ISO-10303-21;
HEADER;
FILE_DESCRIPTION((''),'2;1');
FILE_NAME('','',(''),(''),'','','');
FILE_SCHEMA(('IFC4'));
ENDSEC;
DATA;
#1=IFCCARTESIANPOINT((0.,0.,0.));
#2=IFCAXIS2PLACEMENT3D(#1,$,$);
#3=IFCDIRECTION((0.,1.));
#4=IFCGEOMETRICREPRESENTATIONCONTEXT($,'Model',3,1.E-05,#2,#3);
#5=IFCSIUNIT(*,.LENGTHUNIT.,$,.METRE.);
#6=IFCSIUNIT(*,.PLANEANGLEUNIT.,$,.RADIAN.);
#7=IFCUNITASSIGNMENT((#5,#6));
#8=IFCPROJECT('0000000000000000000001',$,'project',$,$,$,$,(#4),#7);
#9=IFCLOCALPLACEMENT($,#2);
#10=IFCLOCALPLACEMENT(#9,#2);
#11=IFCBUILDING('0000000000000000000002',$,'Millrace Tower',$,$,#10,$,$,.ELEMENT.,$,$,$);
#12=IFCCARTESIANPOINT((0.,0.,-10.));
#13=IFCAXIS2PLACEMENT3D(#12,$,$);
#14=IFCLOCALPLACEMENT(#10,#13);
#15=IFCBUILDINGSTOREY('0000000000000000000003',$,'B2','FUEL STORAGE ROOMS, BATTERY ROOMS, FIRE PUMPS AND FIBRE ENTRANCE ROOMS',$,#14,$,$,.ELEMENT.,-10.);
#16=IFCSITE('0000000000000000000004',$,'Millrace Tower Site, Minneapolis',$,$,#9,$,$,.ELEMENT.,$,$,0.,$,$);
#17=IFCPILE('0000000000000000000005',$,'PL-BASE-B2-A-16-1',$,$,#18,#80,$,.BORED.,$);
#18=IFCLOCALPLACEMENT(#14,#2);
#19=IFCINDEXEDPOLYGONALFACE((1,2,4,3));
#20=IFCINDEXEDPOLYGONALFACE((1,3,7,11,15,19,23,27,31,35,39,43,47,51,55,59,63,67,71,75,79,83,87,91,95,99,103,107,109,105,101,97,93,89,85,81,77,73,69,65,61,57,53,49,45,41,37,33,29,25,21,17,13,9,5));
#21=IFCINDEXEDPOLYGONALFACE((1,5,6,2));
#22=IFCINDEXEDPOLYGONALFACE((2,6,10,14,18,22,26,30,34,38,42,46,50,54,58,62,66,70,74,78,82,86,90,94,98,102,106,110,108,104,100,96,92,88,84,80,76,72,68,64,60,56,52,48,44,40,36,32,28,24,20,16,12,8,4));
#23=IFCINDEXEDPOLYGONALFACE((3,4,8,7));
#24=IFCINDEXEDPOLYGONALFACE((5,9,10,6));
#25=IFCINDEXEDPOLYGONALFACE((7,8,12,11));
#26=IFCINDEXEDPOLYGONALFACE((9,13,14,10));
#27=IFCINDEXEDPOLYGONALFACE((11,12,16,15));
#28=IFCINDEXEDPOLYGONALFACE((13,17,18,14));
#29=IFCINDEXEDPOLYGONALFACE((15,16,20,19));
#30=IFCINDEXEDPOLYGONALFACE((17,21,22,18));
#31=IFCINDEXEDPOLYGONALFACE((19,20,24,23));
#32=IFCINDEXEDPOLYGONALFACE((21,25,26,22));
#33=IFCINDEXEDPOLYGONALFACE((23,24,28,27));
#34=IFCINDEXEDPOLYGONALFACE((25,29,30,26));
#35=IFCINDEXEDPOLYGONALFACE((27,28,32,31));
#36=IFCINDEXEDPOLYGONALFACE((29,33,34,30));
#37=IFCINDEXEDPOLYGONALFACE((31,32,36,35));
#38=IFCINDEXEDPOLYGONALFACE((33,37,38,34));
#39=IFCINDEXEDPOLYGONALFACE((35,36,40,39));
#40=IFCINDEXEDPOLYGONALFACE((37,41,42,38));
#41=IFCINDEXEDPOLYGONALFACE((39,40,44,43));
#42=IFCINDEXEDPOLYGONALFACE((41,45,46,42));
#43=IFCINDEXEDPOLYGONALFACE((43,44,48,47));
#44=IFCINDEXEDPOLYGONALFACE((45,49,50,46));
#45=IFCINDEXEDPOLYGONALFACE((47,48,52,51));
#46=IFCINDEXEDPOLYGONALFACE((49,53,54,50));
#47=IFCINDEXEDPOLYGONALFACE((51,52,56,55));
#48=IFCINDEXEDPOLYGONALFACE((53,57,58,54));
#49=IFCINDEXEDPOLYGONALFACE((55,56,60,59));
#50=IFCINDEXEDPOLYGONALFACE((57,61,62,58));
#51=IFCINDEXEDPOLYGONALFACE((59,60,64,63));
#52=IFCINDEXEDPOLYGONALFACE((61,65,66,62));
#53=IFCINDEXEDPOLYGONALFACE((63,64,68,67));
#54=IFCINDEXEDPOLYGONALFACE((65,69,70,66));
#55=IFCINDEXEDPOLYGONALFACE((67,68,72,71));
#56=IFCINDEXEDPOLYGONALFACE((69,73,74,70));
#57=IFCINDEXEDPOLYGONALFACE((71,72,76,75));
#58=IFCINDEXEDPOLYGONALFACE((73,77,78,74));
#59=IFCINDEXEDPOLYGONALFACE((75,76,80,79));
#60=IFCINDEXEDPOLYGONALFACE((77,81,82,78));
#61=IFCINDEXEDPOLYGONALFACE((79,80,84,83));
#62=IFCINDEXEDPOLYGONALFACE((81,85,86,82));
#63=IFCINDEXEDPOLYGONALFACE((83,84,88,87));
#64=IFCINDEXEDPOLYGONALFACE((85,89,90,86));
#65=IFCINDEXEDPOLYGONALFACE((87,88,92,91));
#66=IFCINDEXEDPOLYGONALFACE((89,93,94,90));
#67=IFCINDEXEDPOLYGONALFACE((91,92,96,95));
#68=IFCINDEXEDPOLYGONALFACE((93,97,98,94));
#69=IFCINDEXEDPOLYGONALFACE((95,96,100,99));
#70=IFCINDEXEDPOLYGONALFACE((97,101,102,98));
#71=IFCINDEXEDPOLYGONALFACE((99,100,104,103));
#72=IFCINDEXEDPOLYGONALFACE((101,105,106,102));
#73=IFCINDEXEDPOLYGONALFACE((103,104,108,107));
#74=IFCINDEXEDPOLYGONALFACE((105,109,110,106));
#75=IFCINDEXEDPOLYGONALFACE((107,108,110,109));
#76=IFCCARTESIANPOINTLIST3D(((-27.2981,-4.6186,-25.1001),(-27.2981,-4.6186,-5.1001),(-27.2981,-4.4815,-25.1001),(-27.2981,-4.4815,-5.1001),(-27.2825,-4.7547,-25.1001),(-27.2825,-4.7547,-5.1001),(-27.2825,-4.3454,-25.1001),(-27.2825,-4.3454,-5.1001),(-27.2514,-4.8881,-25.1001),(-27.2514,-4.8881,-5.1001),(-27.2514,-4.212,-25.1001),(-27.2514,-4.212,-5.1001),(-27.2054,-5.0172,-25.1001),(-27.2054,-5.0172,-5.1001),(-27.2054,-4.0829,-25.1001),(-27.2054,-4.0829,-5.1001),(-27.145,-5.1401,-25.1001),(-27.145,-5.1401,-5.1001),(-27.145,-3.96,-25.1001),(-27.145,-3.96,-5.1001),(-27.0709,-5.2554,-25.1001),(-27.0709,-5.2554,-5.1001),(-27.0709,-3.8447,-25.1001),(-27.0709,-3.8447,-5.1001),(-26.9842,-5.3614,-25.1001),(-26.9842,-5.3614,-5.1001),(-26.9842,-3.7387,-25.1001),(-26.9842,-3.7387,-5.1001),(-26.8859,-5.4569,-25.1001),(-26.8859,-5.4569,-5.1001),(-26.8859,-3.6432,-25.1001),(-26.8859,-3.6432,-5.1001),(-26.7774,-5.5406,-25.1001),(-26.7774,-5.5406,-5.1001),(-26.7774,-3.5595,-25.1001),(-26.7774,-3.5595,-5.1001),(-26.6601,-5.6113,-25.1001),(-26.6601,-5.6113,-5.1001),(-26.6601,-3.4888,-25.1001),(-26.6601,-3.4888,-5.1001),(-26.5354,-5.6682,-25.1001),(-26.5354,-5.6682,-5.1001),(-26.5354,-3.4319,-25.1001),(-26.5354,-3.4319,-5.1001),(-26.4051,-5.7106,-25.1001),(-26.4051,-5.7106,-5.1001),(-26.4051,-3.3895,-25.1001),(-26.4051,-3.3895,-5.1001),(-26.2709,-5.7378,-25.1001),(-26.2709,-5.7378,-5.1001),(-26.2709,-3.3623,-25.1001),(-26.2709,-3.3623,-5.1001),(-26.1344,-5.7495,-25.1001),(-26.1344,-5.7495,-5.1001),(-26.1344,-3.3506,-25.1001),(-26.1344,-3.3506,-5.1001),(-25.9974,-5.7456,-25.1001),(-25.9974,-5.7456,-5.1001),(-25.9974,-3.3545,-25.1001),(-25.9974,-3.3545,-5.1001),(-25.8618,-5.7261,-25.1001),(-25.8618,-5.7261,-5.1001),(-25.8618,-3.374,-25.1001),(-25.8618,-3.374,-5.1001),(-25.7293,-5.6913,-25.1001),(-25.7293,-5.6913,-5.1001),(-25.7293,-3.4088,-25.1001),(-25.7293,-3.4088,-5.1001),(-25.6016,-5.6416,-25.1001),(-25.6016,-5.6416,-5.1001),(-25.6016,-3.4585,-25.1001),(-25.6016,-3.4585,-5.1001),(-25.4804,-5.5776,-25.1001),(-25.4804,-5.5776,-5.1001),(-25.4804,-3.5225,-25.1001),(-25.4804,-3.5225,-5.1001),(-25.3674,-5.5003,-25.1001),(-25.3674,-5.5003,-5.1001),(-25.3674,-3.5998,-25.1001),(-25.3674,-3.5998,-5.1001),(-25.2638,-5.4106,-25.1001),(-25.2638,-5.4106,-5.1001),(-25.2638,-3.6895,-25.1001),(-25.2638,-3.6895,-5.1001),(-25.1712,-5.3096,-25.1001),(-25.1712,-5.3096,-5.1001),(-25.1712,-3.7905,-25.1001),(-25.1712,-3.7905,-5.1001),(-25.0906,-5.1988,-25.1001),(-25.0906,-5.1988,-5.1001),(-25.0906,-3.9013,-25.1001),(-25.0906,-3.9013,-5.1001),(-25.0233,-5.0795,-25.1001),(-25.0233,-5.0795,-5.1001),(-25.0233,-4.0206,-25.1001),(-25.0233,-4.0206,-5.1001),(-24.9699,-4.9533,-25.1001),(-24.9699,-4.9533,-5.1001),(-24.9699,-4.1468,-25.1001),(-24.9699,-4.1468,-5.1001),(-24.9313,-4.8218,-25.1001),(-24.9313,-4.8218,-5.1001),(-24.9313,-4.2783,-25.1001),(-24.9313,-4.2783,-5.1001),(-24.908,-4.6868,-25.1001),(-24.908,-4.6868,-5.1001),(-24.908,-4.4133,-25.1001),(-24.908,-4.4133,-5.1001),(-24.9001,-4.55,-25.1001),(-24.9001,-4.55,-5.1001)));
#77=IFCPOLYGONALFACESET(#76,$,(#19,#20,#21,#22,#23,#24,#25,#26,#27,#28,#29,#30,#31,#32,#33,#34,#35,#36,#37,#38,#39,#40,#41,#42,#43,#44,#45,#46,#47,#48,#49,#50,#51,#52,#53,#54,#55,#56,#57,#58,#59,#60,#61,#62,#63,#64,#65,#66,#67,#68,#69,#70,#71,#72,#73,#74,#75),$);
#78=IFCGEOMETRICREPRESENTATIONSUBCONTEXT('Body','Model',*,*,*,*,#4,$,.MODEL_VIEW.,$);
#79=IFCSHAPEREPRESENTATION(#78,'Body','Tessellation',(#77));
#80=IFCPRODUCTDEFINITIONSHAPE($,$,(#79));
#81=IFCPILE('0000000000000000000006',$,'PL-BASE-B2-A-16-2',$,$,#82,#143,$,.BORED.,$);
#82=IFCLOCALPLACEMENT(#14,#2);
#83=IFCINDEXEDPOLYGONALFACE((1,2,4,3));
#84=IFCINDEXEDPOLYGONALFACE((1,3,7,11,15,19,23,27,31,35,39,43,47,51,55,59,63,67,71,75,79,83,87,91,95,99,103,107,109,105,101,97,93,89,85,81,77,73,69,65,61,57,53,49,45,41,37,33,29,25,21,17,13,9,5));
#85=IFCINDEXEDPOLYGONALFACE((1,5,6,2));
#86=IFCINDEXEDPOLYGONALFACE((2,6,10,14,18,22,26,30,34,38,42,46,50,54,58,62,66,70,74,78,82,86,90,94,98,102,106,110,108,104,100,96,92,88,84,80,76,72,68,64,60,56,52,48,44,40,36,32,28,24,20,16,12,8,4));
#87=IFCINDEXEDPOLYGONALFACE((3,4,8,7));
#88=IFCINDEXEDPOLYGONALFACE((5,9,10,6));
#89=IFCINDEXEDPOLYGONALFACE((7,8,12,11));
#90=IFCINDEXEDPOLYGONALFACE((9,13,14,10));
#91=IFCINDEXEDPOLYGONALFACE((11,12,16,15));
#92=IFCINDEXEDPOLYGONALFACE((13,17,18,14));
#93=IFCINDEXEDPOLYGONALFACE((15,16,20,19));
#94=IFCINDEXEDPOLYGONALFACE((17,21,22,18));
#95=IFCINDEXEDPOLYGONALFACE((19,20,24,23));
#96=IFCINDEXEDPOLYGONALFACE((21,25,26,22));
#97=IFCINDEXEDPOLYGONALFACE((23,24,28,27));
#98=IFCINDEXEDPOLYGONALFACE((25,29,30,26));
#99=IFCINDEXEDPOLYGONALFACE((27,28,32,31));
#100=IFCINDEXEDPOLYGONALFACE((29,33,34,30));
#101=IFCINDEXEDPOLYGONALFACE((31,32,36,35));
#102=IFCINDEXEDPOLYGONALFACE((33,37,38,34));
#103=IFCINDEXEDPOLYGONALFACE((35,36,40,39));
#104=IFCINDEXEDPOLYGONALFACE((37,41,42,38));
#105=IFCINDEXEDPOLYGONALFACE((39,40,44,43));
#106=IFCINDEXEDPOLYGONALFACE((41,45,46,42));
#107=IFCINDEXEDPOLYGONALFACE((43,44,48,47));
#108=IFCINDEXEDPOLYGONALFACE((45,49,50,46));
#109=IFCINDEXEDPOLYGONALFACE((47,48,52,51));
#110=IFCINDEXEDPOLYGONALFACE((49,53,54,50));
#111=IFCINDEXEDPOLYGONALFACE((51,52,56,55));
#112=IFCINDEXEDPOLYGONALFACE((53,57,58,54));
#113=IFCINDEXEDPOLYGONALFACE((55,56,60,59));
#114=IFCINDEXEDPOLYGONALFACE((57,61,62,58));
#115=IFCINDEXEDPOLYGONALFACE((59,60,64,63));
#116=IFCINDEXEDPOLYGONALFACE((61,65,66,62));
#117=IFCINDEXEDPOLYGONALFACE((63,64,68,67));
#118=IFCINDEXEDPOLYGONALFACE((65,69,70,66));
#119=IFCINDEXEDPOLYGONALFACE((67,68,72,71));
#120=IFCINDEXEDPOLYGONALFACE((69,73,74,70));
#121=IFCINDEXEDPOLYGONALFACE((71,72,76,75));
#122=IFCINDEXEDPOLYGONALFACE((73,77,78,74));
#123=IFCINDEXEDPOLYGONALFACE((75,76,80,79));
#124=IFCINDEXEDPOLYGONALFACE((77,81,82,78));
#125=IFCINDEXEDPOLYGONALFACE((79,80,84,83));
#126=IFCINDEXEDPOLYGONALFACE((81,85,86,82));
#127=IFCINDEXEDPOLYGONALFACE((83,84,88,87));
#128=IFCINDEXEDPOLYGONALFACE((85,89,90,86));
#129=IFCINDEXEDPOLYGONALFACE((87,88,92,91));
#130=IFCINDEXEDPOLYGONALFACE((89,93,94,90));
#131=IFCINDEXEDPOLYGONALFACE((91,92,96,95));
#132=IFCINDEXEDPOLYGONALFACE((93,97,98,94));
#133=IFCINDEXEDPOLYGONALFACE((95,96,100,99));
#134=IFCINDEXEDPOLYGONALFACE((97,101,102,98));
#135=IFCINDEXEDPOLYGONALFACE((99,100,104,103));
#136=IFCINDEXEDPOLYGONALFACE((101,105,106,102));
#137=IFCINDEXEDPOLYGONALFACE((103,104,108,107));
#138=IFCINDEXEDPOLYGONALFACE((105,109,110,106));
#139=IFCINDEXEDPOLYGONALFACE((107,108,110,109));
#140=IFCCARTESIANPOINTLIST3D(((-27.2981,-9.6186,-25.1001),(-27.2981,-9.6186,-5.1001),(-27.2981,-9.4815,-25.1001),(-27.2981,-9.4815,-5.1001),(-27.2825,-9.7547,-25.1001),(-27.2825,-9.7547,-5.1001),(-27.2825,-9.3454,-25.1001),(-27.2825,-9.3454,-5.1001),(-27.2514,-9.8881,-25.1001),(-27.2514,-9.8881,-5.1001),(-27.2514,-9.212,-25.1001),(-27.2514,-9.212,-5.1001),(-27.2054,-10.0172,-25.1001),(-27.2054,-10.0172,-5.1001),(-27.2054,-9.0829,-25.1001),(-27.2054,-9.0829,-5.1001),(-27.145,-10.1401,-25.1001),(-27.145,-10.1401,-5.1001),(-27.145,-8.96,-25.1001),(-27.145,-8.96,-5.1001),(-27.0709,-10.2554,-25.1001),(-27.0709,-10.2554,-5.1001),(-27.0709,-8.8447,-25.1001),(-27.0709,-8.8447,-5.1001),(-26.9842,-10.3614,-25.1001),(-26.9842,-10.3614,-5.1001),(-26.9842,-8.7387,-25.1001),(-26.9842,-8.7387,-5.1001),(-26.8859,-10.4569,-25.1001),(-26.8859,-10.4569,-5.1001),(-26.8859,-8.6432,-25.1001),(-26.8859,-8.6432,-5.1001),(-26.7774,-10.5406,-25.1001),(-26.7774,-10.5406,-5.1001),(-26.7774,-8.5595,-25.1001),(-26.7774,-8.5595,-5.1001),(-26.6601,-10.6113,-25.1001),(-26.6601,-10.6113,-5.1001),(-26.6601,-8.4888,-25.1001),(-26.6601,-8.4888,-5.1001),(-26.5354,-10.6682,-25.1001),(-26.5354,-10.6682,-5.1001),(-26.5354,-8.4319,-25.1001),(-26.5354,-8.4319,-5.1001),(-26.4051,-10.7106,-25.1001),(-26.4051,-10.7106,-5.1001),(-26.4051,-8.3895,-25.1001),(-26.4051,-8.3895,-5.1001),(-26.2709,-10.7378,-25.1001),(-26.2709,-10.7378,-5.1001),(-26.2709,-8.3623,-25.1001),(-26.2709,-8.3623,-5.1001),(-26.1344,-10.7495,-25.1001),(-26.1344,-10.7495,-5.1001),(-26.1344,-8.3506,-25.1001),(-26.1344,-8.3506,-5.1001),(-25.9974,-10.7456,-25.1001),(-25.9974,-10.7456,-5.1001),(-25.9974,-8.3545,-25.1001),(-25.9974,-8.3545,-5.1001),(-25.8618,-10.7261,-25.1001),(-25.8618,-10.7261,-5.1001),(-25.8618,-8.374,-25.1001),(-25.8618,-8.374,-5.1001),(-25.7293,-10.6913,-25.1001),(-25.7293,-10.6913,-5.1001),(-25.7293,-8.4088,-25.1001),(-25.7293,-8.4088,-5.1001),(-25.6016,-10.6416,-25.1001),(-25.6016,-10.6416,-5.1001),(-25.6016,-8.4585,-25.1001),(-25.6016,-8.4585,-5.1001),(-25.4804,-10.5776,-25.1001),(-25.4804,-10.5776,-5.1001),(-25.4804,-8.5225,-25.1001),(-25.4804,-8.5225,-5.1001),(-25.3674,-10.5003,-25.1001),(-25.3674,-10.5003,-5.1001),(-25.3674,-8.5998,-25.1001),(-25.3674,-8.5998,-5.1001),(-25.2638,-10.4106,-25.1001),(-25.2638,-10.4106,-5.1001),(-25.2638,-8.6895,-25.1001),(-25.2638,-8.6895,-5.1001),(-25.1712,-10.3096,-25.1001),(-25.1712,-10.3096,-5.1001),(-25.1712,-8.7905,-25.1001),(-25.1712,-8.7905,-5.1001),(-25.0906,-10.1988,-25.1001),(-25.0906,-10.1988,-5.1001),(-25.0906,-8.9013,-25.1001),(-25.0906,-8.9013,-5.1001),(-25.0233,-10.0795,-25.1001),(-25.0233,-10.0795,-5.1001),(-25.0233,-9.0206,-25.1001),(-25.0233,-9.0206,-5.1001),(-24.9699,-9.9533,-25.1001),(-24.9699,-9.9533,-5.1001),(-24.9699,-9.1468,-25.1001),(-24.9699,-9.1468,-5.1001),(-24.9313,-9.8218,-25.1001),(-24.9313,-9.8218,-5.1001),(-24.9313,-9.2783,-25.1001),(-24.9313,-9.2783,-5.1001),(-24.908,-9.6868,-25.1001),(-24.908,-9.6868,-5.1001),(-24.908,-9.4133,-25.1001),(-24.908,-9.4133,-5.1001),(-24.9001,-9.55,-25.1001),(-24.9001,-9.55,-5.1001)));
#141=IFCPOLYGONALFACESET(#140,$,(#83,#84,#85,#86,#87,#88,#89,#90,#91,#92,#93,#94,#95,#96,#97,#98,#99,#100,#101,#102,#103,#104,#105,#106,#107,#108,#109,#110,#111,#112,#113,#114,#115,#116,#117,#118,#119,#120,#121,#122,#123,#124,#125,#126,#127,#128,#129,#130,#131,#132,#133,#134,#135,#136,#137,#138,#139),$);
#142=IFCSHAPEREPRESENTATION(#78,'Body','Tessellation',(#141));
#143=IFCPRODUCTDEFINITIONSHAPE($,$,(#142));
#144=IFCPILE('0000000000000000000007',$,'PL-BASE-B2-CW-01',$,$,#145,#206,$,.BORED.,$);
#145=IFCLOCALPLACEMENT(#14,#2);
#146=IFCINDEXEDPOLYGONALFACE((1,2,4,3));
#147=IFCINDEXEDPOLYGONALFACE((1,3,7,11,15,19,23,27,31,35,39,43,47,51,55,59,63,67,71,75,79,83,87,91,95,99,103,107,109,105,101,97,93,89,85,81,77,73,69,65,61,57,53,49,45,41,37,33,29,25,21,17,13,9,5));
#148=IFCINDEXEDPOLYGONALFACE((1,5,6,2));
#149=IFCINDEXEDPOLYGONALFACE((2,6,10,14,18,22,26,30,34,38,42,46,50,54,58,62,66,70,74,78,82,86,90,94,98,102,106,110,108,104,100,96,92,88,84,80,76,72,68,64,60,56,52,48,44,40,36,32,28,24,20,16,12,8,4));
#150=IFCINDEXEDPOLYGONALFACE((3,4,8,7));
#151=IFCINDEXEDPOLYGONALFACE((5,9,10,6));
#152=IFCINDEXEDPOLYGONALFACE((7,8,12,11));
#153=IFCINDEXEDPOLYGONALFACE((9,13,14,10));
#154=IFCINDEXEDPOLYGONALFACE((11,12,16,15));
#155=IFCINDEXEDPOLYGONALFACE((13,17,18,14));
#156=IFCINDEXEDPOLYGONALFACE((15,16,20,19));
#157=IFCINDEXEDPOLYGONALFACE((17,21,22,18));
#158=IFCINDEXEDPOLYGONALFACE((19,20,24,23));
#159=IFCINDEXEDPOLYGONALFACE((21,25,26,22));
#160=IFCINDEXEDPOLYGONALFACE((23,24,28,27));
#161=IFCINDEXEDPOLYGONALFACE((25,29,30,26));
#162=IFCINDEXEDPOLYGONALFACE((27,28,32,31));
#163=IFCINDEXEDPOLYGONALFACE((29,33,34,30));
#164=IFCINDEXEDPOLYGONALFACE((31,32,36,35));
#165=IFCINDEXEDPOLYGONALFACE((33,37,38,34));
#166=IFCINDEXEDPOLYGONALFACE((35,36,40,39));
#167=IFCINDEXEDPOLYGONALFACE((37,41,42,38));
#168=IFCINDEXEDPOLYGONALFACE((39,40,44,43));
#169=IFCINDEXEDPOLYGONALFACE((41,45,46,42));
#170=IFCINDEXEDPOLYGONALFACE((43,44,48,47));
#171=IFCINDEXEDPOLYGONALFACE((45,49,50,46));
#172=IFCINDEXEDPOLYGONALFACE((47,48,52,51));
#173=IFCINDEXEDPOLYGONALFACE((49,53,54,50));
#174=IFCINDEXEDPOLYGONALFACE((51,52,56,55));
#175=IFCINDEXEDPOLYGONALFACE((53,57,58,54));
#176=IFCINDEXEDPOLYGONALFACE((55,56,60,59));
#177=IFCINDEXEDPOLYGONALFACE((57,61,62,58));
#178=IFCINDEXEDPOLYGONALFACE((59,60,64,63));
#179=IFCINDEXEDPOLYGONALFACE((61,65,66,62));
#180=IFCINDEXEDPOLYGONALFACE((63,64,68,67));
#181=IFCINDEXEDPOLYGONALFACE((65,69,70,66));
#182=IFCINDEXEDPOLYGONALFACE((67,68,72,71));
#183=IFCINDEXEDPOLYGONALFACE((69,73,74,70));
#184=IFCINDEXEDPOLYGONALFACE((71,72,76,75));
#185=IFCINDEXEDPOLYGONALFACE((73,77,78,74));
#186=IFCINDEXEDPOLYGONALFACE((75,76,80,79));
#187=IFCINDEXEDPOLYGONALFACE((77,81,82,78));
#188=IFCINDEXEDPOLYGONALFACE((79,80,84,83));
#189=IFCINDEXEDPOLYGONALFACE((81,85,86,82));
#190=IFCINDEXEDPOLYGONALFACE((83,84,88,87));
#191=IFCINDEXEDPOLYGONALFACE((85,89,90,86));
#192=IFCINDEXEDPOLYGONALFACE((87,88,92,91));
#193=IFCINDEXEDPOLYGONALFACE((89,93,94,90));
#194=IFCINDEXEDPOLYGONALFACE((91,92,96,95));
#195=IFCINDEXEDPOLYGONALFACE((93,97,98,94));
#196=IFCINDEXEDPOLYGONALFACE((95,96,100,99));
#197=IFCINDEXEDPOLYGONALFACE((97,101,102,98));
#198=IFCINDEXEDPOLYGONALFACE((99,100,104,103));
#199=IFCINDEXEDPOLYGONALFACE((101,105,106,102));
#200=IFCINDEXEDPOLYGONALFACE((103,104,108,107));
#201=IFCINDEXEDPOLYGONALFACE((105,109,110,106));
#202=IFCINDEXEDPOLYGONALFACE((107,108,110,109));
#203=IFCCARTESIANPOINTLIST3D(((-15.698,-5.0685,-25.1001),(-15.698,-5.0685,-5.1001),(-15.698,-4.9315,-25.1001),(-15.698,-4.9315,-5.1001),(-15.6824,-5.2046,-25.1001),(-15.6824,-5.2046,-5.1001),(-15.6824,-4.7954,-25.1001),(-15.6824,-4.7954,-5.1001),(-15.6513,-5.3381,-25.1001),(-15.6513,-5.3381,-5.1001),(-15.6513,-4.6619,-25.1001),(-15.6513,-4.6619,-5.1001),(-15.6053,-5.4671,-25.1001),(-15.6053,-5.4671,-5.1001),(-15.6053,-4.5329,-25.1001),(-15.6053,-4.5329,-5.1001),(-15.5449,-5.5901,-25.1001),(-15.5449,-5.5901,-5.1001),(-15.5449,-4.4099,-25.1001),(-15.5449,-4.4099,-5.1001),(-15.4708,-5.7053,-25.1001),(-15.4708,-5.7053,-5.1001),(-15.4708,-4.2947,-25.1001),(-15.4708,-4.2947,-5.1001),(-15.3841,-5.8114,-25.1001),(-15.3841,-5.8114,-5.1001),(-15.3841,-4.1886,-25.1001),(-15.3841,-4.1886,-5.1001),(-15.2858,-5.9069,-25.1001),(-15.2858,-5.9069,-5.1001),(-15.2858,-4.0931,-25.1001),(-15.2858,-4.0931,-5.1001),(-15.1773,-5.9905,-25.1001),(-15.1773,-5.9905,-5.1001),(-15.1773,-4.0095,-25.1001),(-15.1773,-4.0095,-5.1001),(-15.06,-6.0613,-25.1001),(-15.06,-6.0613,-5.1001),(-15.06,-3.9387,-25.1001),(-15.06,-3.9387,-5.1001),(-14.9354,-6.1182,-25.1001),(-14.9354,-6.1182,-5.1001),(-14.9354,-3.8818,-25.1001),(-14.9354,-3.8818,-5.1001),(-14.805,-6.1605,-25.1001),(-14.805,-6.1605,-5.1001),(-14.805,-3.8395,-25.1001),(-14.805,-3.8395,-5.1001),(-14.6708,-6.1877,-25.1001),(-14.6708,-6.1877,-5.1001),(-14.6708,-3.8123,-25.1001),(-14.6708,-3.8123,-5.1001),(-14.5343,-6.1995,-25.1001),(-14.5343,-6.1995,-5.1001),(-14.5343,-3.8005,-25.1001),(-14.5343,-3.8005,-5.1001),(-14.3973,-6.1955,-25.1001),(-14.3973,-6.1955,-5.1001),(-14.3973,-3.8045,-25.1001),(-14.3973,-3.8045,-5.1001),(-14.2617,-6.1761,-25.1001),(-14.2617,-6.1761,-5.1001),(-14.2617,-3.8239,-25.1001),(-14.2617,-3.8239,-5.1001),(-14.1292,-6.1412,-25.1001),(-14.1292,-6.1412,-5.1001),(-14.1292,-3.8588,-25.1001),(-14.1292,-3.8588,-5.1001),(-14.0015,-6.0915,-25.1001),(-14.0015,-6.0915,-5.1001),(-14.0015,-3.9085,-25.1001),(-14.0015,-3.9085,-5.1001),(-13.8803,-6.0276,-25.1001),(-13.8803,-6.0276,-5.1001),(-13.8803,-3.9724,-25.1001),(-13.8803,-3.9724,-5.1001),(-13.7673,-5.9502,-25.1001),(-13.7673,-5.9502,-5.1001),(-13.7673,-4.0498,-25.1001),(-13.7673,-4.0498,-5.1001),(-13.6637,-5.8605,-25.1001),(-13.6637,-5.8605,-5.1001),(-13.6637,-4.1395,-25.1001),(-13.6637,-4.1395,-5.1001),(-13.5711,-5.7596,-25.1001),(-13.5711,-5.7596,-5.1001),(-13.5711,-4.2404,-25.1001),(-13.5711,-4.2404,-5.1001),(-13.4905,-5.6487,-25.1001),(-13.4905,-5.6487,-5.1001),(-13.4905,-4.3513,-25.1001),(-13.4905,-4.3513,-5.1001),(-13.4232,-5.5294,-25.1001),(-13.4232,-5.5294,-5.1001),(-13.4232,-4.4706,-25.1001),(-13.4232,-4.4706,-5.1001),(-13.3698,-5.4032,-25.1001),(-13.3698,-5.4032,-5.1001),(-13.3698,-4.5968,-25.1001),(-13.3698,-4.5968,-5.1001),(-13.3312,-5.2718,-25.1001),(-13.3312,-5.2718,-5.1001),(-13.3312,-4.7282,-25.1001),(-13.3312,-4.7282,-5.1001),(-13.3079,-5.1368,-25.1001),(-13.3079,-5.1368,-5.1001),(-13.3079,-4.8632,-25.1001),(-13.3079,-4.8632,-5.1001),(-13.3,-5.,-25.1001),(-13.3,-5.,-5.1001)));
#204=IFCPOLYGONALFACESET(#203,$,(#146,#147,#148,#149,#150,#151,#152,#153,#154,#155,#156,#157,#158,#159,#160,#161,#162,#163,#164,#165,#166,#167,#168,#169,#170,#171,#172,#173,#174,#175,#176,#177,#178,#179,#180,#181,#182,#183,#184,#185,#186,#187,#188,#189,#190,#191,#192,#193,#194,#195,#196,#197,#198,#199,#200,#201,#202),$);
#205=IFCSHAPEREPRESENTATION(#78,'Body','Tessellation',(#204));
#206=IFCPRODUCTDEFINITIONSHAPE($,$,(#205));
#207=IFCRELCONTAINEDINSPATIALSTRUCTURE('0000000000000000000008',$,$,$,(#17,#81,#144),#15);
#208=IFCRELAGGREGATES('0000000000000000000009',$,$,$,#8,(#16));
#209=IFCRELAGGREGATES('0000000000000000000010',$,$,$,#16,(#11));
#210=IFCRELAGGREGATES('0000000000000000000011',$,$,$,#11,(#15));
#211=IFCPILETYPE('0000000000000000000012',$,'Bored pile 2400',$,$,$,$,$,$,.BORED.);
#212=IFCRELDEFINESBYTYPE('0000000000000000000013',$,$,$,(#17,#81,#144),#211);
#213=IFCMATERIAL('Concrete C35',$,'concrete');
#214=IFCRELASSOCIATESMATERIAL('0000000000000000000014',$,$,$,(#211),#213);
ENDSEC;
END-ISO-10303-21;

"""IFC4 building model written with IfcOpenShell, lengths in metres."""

from ifc_helpers import new_model, si_unit, direction, frame, origin, origin_2d, place, context, subcontext, project, spatial, circle, extrude, material, material_profile, profile_set, type_object, element, save


model = new_model("IFC4")

# Units and contexts
model_context = context("Model", 3, precision=1e-05, world=origin(), true_north=direction((0.0, 1.0)))
body_context = subcontext(model_context, "Body", "Model", "MODEL_VIEW")
ifc_project = project(units=[si_unit("LENGTHUNIT", "METRE"), si_unit("PLANEANGLEUNIT", "RADIAN")], contexts=[model_context])

# Site, building, storey
site_placement = place(None, origin())
site = spatial("IfcSite", under=ifc_project, at=site_placement, Name="Millrace Tower Site, Minneapolis", CompositionType="ELEMENT", RefElevation=0.0)
building_placement = place(site_placement, origin())
building = spatial("IfcBuilding", under=site, at=building_placement, Name="Millrace Tower", CompositionType="ELEMENT")
storey_placement = place(building_placement, frame((0.0, 0.0, -10.0)))
storey = spatial("IfcBuildingStorey", under=building, at=storey_placement, Name="B2", Description="FUEL STORAGE ROOMS, BATTERY ROOMS, FIRE PUMPS AND FIBRE ENTRANCE ROOMS", CompositionType="ELEMENT", Elevation=-10.0)

# Piles
ifc_material_1 = material(Name="Concrete C35", Category="concrete")
ifc_material_profile_1 = material_profile(ifc_material_1, circle(Radius=1.2, at=origin_2d()))
ifc_profile_set_1 = profile_set([ifc_material_profile_1], Name="Concrete C35")
pile_type = type_object("IfcPileType", Name="Bored pile 2400", PredefinedType="BORED", material=ifc_profile_set_1)
for number, where, z_axis, x_axis, name in (
    (1, (-26.1001, -4.55, -5.1001), (0.0, 0.0, -1.0), (1.0, 0.0, 0.0), "PL-BASE-B2-A-16-1"),
    (2, (-26.1001, -9.55, -5.1001), (0.0, 0.0, -1.0), (1.0, 0.0, 0.0), "PL-BASE-B2-A-16-2"),
    (3, (-14.5, -5.0, -5.1001), (0.0, 0.0, -1.0), (1.0, 0.0, 0.0), "PL-BASE-B2-CW-01"),
):
    element("IfcPile", number, at=place(storey_placement, frame(where, z_axis=z_axis, x_axis=x_axis)), inside=storey, type_object=pile_type, Name=name, PredefinedType="BORED", context=body_context, shape_type="SweptSolid", body=[
        extrude(circle(Radius=1.2, at=origin_2d()), origin(), (0.0, 0.0, 1.0), 20.0),
    ])

save(model, "model.ifc")
